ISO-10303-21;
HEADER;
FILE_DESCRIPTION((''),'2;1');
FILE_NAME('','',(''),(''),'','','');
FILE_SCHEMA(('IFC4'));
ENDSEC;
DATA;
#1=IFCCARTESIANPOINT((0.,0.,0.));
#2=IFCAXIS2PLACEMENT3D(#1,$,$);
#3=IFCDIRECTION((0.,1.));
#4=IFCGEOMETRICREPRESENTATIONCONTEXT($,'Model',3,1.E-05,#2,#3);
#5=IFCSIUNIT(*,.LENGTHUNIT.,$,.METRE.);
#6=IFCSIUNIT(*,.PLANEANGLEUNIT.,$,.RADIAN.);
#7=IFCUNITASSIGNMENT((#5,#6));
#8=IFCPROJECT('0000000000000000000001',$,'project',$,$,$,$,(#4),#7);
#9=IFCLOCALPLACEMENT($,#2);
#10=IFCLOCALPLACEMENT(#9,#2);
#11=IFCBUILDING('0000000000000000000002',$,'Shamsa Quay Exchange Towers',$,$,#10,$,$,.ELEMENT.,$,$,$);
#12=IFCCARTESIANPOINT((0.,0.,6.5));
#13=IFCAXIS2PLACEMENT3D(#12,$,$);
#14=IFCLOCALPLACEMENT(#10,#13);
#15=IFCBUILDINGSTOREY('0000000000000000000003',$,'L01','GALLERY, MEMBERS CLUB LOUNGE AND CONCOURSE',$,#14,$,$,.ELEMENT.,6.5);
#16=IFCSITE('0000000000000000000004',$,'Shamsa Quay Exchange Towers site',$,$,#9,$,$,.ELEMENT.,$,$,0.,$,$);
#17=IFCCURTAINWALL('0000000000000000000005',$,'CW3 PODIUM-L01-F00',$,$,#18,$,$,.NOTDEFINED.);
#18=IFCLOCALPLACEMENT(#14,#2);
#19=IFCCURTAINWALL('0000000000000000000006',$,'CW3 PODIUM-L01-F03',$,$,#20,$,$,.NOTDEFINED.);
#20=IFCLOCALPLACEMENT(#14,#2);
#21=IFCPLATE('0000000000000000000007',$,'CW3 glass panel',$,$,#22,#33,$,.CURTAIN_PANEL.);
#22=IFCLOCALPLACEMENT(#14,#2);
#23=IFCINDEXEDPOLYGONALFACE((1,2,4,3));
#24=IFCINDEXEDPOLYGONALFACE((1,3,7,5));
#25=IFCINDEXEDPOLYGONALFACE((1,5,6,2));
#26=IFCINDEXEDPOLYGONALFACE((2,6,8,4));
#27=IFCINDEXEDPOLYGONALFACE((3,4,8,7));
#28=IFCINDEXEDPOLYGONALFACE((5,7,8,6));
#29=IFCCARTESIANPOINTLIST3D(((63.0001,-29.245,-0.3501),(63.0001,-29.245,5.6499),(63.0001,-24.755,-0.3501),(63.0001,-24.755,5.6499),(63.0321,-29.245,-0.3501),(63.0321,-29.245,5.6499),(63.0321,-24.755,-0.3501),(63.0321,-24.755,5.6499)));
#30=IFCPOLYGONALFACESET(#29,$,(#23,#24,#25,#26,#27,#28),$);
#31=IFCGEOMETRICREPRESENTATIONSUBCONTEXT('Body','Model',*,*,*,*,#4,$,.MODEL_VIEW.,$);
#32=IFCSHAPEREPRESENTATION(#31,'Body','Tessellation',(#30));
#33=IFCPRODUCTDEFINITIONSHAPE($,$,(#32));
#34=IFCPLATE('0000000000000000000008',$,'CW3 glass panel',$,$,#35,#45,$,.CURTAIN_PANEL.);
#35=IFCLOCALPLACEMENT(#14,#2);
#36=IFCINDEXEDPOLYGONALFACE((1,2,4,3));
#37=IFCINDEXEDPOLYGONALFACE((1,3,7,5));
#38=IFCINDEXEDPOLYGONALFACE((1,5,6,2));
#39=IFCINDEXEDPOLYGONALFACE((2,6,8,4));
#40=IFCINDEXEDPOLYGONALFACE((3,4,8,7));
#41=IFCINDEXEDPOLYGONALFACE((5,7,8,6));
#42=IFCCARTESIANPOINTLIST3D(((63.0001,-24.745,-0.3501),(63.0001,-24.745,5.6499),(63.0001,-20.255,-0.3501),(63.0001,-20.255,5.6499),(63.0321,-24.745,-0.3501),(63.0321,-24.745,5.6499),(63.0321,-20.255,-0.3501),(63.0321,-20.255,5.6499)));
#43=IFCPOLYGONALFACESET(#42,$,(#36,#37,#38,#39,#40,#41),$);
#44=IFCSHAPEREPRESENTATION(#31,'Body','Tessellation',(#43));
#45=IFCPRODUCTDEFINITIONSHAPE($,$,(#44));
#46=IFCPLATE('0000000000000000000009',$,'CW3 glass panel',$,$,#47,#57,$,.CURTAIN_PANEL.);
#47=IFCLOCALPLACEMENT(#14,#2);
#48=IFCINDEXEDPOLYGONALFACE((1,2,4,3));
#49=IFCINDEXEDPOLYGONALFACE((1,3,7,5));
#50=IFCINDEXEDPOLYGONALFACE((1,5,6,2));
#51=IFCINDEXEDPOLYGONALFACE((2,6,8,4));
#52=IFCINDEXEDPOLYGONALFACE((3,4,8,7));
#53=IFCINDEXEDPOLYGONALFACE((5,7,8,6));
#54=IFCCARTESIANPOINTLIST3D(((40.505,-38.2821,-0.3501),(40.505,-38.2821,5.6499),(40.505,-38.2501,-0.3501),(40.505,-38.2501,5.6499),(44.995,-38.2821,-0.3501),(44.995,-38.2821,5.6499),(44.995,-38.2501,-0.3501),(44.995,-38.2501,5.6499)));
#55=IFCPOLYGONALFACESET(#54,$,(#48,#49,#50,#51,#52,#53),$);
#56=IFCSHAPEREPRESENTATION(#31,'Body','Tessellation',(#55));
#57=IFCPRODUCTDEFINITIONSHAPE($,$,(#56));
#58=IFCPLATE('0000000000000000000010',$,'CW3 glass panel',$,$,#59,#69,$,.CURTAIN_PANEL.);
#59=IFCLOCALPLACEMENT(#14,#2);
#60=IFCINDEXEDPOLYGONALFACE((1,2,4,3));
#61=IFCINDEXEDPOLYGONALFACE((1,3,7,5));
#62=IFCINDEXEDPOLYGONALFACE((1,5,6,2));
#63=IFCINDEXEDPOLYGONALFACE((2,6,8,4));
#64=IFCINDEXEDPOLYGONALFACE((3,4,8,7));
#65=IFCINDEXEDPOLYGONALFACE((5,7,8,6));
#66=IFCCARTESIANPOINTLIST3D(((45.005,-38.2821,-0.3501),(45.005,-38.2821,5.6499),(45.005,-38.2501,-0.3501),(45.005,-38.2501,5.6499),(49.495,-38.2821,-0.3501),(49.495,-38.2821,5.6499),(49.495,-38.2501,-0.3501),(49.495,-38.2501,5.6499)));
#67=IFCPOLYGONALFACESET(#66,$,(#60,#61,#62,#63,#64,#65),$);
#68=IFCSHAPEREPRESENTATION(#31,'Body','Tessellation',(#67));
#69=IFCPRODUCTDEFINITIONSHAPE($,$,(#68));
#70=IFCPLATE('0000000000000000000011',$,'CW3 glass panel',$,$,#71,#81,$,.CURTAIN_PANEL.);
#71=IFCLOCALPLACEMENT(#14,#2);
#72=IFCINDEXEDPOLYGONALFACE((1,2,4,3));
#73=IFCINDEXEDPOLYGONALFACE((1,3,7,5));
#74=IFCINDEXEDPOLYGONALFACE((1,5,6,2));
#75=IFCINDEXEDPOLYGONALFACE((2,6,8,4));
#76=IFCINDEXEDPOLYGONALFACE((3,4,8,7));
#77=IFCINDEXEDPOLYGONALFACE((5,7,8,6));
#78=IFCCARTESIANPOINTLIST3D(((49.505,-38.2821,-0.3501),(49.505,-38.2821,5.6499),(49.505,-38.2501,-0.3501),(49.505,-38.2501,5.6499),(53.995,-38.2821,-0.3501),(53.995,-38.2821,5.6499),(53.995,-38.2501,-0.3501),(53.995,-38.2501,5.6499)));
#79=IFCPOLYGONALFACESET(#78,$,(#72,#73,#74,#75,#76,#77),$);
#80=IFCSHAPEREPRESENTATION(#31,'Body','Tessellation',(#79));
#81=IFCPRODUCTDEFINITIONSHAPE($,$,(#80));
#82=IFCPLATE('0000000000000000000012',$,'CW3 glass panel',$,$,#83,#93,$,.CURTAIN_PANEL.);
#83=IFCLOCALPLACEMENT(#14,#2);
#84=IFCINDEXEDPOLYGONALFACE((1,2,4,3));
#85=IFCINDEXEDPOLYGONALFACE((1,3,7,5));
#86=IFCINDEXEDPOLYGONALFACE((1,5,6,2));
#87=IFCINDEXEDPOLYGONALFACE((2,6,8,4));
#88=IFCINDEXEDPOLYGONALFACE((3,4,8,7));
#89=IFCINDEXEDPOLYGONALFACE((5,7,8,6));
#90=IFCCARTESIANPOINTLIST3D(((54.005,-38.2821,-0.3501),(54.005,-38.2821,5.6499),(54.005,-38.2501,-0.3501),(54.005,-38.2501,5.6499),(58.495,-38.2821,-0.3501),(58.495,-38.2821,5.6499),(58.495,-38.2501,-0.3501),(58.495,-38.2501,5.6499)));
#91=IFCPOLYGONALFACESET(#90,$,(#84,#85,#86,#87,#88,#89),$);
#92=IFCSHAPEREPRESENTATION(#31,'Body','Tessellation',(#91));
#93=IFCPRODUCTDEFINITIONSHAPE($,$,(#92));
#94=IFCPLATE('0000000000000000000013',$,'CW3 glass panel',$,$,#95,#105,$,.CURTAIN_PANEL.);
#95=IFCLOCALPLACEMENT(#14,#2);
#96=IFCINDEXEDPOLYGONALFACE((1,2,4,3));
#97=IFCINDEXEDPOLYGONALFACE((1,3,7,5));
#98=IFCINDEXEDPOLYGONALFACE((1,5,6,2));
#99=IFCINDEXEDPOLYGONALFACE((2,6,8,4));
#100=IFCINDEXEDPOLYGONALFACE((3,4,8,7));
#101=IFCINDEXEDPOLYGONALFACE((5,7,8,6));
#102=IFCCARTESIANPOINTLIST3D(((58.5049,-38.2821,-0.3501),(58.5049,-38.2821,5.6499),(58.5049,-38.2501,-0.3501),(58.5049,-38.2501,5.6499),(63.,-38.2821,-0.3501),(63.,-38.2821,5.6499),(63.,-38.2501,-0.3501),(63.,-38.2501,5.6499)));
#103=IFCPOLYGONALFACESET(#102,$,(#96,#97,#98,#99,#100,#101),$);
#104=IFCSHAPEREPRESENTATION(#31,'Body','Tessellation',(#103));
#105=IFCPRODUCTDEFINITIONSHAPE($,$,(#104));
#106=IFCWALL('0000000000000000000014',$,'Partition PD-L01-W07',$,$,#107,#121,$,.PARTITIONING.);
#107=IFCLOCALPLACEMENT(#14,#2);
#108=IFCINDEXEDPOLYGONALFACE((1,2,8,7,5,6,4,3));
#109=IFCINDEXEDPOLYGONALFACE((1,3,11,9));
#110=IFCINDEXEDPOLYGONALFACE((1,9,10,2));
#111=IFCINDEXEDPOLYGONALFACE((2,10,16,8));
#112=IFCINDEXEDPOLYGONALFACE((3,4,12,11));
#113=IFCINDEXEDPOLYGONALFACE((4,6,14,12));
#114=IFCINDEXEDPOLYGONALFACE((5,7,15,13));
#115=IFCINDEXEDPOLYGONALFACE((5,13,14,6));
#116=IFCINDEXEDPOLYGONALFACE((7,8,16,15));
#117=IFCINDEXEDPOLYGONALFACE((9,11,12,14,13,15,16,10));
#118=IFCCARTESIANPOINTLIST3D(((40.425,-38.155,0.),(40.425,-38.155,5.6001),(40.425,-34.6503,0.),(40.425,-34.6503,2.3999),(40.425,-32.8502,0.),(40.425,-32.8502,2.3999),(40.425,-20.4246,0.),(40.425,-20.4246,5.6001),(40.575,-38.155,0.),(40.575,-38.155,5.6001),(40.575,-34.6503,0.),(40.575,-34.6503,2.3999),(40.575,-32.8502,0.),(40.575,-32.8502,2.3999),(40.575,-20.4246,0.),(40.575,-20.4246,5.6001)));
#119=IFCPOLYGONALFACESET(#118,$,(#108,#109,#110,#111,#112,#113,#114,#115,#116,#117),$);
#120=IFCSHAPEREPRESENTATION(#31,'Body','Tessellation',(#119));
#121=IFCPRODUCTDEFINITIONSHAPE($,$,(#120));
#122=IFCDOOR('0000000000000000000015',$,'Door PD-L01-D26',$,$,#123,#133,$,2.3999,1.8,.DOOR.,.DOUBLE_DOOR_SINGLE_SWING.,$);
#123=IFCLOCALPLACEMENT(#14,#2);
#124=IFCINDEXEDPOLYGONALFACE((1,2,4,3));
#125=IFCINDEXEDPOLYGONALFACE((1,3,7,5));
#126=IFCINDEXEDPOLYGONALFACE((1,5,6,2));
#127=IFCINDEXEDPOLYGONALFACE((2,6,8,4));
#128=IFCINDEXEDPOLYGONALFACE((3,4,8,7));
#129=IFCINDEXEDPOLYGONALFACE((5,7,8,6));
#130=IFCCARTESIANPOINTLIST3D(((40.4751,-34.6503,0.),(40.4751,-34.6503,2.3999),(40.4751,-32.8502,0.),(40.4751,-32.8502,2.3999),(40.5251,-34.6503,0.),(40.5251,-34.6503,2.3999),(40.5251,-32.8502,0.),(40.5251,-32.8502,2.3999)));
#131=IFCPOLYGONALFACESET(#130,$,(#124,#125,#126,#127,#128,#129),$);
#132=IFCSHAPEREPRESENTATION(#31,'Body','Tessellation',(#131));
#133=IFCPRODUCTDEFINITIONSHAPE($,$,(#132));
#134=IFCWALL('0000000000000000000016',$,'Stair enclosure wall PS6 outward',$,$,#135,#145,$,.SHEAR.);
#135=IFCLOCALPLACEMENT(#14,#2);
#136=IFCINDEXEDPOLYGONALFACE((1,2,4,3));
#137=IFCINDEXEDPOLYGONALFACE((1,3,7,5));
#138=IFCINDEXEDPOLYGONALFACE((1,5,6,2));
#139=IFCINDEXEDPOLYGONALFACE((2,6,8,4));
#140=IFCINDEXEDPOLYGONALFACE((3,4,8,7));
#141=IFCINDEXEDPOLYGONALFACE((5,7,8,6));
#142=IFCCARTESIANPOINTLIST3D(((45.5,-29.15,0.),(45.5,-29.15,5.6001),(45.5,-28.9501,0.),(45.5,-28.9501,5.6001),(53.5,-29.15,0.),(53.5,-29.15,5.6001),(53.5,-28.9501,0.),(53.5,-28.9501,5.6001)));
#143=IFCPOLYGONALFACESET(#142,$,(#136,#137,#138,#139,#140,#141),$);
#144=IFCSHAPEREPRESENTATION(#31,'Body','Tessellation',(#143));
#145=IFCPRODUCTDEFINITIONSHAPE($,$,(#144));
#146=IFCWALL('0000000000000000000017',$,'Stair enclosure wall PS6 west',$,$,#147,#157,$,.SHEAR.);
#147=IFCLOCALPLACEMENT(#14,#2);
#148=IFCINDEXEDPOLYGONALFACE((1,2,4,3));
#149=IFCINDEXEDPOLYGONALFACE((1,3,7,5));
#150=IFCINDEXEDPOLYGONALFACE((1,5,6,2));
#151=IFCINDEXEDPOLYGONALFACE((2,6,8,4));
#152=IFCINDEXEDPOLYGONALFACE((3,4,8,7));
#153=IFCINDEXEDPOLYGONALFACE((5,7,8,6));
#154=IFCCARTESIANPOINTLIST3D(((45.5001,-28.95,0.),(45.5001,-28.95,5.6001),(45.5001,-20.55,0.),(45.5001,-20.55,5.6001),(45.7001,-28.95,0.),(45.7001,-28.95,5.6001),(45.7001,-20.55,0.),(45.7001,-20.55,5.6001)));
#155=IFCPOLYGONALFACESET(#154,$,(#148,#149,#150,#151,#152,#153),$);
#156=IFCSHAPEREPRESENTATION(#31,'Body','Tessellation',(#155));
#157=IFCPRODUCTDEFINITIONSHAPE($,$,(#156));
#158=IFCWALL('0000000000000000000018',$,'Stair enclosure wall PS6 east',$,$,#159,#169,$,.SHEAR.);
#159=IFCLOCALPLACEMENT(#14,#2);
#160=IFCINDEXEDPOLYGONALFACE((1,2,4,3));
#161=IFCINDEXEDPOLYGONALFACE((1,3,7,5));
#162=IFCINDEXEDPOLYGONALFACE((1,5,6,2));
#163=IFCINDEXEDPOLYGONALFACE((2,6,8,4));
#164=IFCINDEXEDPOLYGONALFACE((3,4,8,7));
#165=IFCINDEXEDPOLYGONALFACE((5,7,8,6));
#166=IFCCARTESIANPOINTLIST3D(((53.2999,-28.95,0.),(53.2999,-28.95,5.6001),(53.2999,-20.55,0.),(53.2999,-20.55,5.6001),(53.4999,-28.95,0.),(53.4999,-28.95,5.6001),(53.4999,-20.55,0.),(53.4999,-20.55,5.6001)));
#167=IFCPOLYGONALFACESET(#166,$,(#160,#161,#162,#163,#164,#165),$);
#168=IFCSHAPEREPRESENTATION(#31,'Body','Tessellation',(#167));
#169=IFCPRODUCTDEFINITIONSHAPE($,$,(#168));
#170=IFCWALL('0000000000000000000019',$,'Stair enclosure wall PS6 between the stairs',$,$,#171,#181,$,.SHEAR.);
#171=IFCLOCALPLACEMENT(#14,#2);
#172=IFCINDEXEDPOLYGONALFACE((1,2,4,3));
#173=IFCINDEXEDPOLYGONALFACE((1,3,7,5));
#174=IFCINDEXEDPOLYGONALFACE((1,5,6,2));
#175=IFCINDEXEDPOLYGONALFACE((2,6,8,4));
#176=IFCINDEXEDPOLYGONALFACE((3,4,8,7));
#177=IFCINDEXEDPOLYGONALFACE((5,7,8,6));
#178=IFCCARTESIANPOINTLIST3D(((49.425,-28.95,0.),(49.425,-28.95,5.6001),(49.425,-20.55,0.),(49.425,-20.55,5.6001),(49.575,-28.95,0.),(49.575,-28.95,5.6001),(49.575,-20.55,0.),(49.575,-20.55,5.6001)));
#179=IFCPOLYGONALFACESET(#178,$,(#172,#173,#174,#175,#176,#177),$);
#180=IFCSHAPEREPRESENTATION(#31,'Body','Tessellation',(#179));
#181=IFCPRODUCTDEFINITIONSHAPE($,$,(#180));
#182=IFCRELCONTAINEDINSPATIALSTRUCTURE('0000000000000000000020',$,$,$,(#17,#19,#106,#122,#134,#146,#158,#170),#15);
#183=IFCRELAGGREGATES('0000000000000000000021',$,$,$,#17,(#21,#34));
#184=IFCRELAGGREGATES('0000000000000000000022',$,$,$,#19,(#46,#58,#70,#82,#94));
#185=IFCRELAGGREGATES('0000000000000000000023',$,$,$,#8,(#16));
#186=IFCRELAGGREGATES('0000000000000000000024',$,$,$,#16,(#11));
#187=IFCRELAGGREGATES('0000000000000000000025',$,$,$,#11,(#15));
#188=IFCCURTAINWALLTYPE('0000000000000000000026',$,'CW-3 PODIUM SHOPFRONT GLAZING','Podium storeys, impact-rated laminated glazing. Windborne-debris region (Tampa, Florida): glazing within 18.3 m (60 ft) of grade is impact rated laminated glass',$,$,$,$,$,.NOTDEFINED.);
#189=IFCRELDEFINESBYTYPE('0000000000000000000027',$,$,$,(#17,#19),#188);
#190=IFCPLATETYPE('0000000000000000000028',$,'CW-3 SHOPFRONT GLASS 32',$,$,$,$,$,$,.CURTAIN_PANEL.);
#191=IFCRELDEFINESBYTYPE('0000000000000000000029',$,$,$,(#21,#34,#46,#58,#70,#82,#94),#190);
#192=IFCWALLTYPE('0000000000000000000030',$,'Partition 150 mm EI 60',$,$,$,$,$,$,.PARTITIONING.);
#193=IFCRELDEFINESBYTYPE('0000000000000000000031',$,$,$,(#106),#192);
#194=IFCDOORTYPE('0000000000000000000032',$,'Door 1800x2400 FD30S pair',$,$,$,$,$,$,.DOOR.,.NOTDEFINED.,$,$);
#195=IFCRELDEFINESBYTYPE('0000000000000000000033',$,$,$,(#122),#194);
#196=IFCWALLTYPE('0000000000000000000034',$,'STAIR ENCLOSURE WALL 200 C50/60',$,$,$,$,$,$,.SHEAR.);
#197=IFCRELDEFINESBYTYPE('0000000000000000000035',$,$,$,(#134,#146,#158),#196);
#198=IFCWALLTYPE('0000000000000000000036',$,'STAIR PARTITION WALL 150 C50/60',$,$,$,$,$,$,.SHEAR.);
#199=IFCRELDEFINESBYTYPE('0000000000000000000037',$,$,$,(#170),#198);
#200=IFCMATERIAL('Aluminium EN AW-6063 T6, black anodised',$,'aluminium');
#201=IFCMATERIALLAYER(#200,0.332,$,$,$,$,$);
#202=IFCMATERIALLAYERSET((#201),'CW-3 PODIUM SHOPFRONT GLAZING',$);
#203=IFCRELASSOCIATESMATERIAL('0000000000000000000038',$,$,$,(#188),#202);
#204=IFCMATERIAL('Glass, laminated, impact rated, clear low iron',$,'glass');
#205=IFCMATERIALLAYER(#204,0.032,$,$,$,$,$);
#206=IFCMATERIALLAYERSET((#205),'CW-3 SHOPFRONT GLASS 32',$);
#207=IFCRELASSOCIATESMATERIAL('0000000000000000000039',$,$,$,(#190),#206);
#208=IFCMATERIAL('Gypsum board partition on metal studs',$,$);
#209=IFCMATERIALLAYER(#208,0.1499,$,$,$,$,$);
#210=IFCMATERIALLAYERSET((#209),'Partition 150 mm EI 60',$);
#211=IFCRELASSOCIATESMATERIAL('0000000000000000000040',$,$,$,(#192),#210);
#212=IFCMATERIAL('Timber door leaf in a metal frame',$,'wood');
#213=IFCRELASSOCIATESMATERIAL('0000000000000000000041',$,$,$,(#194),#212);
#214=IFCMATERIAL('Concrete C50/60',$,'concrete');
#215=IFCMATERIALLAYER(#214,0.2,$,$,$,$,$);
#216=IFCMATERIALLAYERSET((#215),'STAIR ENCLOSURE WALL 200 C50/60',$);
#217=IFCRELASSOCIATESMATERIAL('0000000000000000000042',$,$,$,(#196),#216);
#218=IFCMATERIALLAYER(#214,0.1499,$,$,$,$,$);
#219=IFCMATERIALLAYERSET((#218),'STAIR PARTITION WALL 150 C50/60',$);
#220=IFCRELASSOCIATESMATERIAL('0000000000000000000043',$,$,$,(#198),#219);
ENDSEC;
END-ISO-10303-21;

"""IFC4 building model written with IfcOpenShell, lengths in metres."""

from ifc_helpers import new_model, si_unit, direction, frame, frame_2d, origin, origin_2d, place, context, subcontext, project, spatial, rectangle, extrude, material, layer, layer_set, type_object, element, fill, aggregate, save


model = new_model("IFC4")

# Units and contexts
model_context = context("Model", 3, precision=1e-05, world=origin(), true_north=direction((0.0, 1.0)))
body_context = subcontext(model_context, "Body", "Model", "MODEL_VIEW")
ifc_project = project(units=[si_unit("LENGTHUNIT", "METRE"), si_unit("PLANEANGLEUNIT", "RADIAN")], contexts=[model_context])

# Site, building, storey
site_placement = place(None, origin())
site = spatial("IfcSite", under=ifc_project, at=site_placement, Name="Shamsa Quay Exchange Towers site", CompositionType="ELEMENT", RefElevation=0.0)
building_placement = place(site_placement, origin())
building = spatial("IfcBuilding", under=site, at=building_placement, Name="Shamsa Quay Exchange Towers", CompositionType="ELEMENT")
storey_placement = place(building_placement, frame((0.0, 0.0, 6.5)))
storey = spatial("IfcBuildingStorey", under=building, at=storey_placement, Name="L01", Description="GALLERY, MEMBERS CLUB LOUNGE AND CONCOURSE", CompositionType="ELEMENT", Elevation=6.5)

# Curtain walls
ifc_material_1 = material(Name="Aluminium EN AW-6063 T6, black anodised", Category="aluminium")
ifc_layer_1 = layer(ifc_material_1, 0.332)
ifc_layer_set_1 = layer_set([ifc_layer_1], Name="CW-3 PODIUM SHOPFRONT GLAZING")
curtain_wall_type = type_object("IfcCurtainWallType", Name="CW-3 PODIUM SHOPFRONT GLAZING", Description="Podium storeys, impact-rated laminated glazing. Windborne-debris region (Tampa, Florida): glazing within 18.3 m (60 ft) of grade is impact rated laminated glass", PredefinedType="NOTDEFINED", material=ifc_layer_set_1)
curtain_wall_1_placement = place(storey_placement, origin())
curtain_wall_1 = element("IfcCurtainWall", 1, at=curtain_wall_1_placement, inside=storey, type_object=curtain_wall_type, Name="CW3 PODIUM-L01-F00", PredefinedType="NOTDEFINED")
curtain_wall_2_placement = place(storey_placement, origin())
curtain_wall_2 = element("IfcCurtainWall", 2, at=curtain_wall_2_placement, inside=storey, type_object=curtain_wall_type, Name="CW3 PODIUM-L01-F03", PredefinedType="NOTDEFINED")

# Plates
ifc_material_2 = material(Name="Glass, laminated, impact rated, clear low iron", Category="glass")
ifc_layer_2 = layer(ifc_material_2, 0.032)
ifc_layer_set_2 = layer_set([ifc_layer_2], Name="CW-3 SHOPFRONT GLASS 32")
plate_type = type_object("IfcPlateType", Name="CW-3 SHOPFRONT GLASS 32", PredefinedType="CURTAIN_PANEL", material=ifc_layer_set_2)
plate_1_placement = place(storey_placement, frame((63.0161, -27.0, -0.3501), z_axis=(0.0, 0.0, 1.0), x_axis=(0.0, 1.0, 0.0)))
plate_1 = element("IfcPlate", 3, at=plate_1_placement, type_object=plate_type, Name="CW3 glass panel", PredefinedType="CURTAIN_PANEL", context=body_context, shape_type="SweptSolid", body=[
    extrude(rectangle(XDim=4.49, YDim=0.032, at=origin_2d()), origin(), (0.0, 0.0, 1.0), 6.0),
])
plate_2_placement = place(storey_placement, frame((63.0161, -22.5, -0.3501), z_axis=(0.0, 0.0, 1.0), x_axis=(0.0, 1.0, 0.0)))
plate_2 = element("IfcPlate", 4, at=plate_2_placement, type_object=plate_type, Name="CW3 glass panel", PredefinedType="CURTAIN_PANEL", context=body_context, shape_type="SweptSolid", body=[
    extrude(rectangle(XDim=4.49, YDim=0.032, at=origin_2d()), origin(), (0.0, 0.0, 1.0), 6.0),
])
aggregate(curtain_wall_1, [plate_1, plate_2])
plate_3_placement = place(storey_placement, frame((42.75, -38.2661, -0.3501)))
plate_3 = element("IfcPlate", 5, at=plate_3_placement, type_object=plate_type, Name="CW3 glass panel", PredefinedType="CURTAIN_PANEL", context=body_context, shape_type="SweptSolid", body=[
    extrude(rectangle(XDim=4.49, YDim=0.032, at=origin_2d()), origin(), (0.0, 0.0, 1.0), 6.0),
])
plate_4_placement = place(storey_placement, frame((47.25, -38.2661, -0.3501)))
plate_4 = element("IfcPlate", 6, at=plate_4_placement, type_object=plate_type, Name="CW3 glass panel", PredefinedType="CURTAIN_PANEL", context=body_context, shape_type="SweptSolid", body=[
    extrude(rectangle(XDim=4.49, YDim=0.032, at=origin_2d()), origin(), (0.0, 0.0, 1.0), 6.0),
])
plate_5_placement = place(storey_placement, frame((51.75, -38.2661, -0.3501)))
plate_5 = element("IfcPlate", 7, at=plate_5_placement, type_object=plate_type, Name="CW3 glass panel", PredefinedType="CURTAIN_PANEL", context=body_context, shape_type="SweptSolid", body=[
    extrude(rectangle(XDim=4.49, YDim=0.032, at=origin_2d()), origin(), (0.0, 0.0, 1.0), 6.0),
])
plate_6_placement = place(storey_placement, frame((56.25, -38.2661, -0.3501)))
plate_6 = element("IfcPlate", 8, at=plate_6_placement, type_object=plate_type, Name="CW3 glass panel", PredefinedType="CURTAIN_PANEL", context=body_context, shape_type="SweptSolid", body=[
    extrude(rectangle(XDim=4.49, YDim=0.032, at=origin_2d()), origin(), (0.0, 0.0, 1.0), 6.0),
])
plate_7_placement = place(storey_placement, frame((60.7524, -38.2661, -0.3501)))
plate_7 = element("IfcPlate", 9, at=plate_7_placement, type_object=plate_type, Name="CW3 glass panel", PredefinedType="CURTAIN_PANEL", context=body_context, shape_type="SweptSolid", body=[
    extrude(rectangle(XDim=4.4951, YDim=0.032, at=origin_2d()), origin(), (0.0, 0.0, 1.0), 6.0),
])
aggregate(curtain_wall_2, [plate_3, plate_4, plate_5, plate_6, plate_7])

# Wall, opening, door
ifc_material_3 = material(Name="Gypsum board partition on metal studs")
ifc_layer_3 = layer(ifc_material_3, 0.1499)
ifc_layer_set_3 = layer_set([ifc_layer_3], Name="Partition 150 mm EI 60")
wall_type_1 = type_object("IfcWallType", Name="Partition 150 mm EI 60", PredefinedType="PARTITIONING", material=ifc_layer_set_3)
wall_1_placement = place(storey_placement, frame((40.5, -38.155, 0.0), z_axis=(0.0, 0.0, 1.0), x_axis=(0.0, 1.0, 0.0)))
wall_1 = element("IfcWall", 10, at=wall_1_placement, inside=storey, type_object=wall_type_1, Name="Partition PD-L01-W07", PredefinedType="PARTITIONING", context=body_context, shape_type="SweptSolid", body=[
    extrude(rectangle(XDim=17.7305, YDim=0.1499, at=frame_2d((8.8652, 0.0))), origin(), (0.0, 0.0, 1.0), 5.6001),
])
opening_placement = place(wall_1_placement, frame((3.5049, 0.0, 0.0)))
opening = element("IfcOpeningElement", 11, at=opening_placement, cuts=wall_1, PredefinedType="OPENING", context=body_context, shape_type="SweptSolid", body=[
    extrude(rectangle(XDim=1.8, YDim=2.3999, at=frame_2d((0.8999, 1.2))), frame((0.0, 0.085, 0.0), z_axis=(0.0, -1.0, 0.0), x_axis=(1.0, 0.0, 0.0)), (0.0, 0.0, 1.0), 0.1699),
])
ifc_material_4 = material(Name="Timber door leaf in a metal frame", Category="wood")
door_type = type_object("IfcDoorType", Name="Door 1800x2400 FD30S pair", OperationType="NOTDEFINED", PredefinedType="DOOR", material=ifc_material_4)
door_placement = place(opening_placement, origin())
door = element("IfcDoor", 12, at=door_placement, inside=storey, type_object=door_type, Name="Door PD-L01-D26", OperationType="DOUBLE_DOOR_SINGLE_SWING", OverallHeight=2.3999, OverallWidth=1.8, PredefinedType="DOOR", context=body_context, shape_type="SweptSolid", body=[
    extrude(rectangle(XDim=1.8, YDim=2.3999, at=frame_2d((0.8999, 1.2))), frame((0.0, 0.0249, 0.0), z_axis=(0.0, -1.0, 0.0), x_axis=(1.0, 0.0, 0.0)), (0.0, 0.0, 1.0), 0.05),
])
fill(opening, door)

# Walls
ifc_material_5 = material(Name="Concrete C50/60", Category="concrete")
ifc_layer_4 = layer(ifc_material_5, 0.2)
ifc_layer_set_4 = layer_set([ifc_layer_4], Name="STAIR ENCLOSURE WALL 200 C50/60")
wall_type_2 = type_object("IfcWallType", Name="STAIR ENCLOSURE WALL 200 C50/60", PredefinedType="SHEAR", material=ifc_layer_set_4)
wall_2_placement = place(storey_placement, frame((45.5, -29.05, 0.0)))
element("IfcWall", 13, at=wall_2_placement, inside=storey, type_object=wall_type_2, Name="Stair enclosure wall PS6 outward", PredefinedType="SHEAR", context=body_context, shape_type="SweptSolid", body=[
    extrude(rectangle(XDim=8.0, YDim=0.2, at=frame_2d((4.0, 0.0))), origin(), (0.0, 0.0, 1.0), 5.6001),
])
for number, where, z_axis, x_axis, name in (
    (14, (45.6001, -28.95, 0.0), (0.0, 0.0, 1.0), (0.0, 1.0, 0.0), "Stair enclosure wall PS6 west"),
    (15, (53.3999, -28.95, 0.0), (0.0, 0.0, 1.0), (0.0, 1.0, 0.0), "Stair enclosure wall PS6 east"),
):
    element("IfcWall", number, at=place(storey_placement, frame(where, z_axis=z_axis, x_axis=x_axis)), inside=storey, type_object=wall_type_2, Name=name, PredefinedType="SHEAR", context=body_context, shape_type="SweptSolid", body=[
        extrude(rectangle(XDim=8.3999, YDim=0.2, at=frame_2d((4.2, 0.0))), origin(), (0.0, 0.0, 1.0), 5.6001),
    ])
ifc_layer_5 = layer(ifc_material_5, 0.1499)
ifc_layer_set_5 = layer_set([ifc_layer_5], Name="STAIR PARTITION WALL 150 C50/60")
wall_type_3 = type_object("IfcWallType", Name="STAIR PARTITION WALL 150 C50/60", PredefinedType="SHEAR", material=ifc_layer_set_5)
wall_3_placement = place(storey_placement, frame((49.5, -28.95, 0.0), z_axis=(0.0, 0.0, 1.0), x_axis=(0.0, 1.0, 0.0)))
element("IfcWall", 16, at=wall_3_placement, inside=storey, type_object=wall_type_3, Name="Stair enclosure wall PS6 between the stairs", PredefinedType="SHEAR", context=body_context, shape_type="SweptSolid", body=[
    extrude(rectangle(XDim=8.3999, YDim=0.1499, at=frame_2d((4.2, 0.0))), origin(), (0.0, 0.0, 1.0), 5.6001),
])

save(model, "model.ifc")
